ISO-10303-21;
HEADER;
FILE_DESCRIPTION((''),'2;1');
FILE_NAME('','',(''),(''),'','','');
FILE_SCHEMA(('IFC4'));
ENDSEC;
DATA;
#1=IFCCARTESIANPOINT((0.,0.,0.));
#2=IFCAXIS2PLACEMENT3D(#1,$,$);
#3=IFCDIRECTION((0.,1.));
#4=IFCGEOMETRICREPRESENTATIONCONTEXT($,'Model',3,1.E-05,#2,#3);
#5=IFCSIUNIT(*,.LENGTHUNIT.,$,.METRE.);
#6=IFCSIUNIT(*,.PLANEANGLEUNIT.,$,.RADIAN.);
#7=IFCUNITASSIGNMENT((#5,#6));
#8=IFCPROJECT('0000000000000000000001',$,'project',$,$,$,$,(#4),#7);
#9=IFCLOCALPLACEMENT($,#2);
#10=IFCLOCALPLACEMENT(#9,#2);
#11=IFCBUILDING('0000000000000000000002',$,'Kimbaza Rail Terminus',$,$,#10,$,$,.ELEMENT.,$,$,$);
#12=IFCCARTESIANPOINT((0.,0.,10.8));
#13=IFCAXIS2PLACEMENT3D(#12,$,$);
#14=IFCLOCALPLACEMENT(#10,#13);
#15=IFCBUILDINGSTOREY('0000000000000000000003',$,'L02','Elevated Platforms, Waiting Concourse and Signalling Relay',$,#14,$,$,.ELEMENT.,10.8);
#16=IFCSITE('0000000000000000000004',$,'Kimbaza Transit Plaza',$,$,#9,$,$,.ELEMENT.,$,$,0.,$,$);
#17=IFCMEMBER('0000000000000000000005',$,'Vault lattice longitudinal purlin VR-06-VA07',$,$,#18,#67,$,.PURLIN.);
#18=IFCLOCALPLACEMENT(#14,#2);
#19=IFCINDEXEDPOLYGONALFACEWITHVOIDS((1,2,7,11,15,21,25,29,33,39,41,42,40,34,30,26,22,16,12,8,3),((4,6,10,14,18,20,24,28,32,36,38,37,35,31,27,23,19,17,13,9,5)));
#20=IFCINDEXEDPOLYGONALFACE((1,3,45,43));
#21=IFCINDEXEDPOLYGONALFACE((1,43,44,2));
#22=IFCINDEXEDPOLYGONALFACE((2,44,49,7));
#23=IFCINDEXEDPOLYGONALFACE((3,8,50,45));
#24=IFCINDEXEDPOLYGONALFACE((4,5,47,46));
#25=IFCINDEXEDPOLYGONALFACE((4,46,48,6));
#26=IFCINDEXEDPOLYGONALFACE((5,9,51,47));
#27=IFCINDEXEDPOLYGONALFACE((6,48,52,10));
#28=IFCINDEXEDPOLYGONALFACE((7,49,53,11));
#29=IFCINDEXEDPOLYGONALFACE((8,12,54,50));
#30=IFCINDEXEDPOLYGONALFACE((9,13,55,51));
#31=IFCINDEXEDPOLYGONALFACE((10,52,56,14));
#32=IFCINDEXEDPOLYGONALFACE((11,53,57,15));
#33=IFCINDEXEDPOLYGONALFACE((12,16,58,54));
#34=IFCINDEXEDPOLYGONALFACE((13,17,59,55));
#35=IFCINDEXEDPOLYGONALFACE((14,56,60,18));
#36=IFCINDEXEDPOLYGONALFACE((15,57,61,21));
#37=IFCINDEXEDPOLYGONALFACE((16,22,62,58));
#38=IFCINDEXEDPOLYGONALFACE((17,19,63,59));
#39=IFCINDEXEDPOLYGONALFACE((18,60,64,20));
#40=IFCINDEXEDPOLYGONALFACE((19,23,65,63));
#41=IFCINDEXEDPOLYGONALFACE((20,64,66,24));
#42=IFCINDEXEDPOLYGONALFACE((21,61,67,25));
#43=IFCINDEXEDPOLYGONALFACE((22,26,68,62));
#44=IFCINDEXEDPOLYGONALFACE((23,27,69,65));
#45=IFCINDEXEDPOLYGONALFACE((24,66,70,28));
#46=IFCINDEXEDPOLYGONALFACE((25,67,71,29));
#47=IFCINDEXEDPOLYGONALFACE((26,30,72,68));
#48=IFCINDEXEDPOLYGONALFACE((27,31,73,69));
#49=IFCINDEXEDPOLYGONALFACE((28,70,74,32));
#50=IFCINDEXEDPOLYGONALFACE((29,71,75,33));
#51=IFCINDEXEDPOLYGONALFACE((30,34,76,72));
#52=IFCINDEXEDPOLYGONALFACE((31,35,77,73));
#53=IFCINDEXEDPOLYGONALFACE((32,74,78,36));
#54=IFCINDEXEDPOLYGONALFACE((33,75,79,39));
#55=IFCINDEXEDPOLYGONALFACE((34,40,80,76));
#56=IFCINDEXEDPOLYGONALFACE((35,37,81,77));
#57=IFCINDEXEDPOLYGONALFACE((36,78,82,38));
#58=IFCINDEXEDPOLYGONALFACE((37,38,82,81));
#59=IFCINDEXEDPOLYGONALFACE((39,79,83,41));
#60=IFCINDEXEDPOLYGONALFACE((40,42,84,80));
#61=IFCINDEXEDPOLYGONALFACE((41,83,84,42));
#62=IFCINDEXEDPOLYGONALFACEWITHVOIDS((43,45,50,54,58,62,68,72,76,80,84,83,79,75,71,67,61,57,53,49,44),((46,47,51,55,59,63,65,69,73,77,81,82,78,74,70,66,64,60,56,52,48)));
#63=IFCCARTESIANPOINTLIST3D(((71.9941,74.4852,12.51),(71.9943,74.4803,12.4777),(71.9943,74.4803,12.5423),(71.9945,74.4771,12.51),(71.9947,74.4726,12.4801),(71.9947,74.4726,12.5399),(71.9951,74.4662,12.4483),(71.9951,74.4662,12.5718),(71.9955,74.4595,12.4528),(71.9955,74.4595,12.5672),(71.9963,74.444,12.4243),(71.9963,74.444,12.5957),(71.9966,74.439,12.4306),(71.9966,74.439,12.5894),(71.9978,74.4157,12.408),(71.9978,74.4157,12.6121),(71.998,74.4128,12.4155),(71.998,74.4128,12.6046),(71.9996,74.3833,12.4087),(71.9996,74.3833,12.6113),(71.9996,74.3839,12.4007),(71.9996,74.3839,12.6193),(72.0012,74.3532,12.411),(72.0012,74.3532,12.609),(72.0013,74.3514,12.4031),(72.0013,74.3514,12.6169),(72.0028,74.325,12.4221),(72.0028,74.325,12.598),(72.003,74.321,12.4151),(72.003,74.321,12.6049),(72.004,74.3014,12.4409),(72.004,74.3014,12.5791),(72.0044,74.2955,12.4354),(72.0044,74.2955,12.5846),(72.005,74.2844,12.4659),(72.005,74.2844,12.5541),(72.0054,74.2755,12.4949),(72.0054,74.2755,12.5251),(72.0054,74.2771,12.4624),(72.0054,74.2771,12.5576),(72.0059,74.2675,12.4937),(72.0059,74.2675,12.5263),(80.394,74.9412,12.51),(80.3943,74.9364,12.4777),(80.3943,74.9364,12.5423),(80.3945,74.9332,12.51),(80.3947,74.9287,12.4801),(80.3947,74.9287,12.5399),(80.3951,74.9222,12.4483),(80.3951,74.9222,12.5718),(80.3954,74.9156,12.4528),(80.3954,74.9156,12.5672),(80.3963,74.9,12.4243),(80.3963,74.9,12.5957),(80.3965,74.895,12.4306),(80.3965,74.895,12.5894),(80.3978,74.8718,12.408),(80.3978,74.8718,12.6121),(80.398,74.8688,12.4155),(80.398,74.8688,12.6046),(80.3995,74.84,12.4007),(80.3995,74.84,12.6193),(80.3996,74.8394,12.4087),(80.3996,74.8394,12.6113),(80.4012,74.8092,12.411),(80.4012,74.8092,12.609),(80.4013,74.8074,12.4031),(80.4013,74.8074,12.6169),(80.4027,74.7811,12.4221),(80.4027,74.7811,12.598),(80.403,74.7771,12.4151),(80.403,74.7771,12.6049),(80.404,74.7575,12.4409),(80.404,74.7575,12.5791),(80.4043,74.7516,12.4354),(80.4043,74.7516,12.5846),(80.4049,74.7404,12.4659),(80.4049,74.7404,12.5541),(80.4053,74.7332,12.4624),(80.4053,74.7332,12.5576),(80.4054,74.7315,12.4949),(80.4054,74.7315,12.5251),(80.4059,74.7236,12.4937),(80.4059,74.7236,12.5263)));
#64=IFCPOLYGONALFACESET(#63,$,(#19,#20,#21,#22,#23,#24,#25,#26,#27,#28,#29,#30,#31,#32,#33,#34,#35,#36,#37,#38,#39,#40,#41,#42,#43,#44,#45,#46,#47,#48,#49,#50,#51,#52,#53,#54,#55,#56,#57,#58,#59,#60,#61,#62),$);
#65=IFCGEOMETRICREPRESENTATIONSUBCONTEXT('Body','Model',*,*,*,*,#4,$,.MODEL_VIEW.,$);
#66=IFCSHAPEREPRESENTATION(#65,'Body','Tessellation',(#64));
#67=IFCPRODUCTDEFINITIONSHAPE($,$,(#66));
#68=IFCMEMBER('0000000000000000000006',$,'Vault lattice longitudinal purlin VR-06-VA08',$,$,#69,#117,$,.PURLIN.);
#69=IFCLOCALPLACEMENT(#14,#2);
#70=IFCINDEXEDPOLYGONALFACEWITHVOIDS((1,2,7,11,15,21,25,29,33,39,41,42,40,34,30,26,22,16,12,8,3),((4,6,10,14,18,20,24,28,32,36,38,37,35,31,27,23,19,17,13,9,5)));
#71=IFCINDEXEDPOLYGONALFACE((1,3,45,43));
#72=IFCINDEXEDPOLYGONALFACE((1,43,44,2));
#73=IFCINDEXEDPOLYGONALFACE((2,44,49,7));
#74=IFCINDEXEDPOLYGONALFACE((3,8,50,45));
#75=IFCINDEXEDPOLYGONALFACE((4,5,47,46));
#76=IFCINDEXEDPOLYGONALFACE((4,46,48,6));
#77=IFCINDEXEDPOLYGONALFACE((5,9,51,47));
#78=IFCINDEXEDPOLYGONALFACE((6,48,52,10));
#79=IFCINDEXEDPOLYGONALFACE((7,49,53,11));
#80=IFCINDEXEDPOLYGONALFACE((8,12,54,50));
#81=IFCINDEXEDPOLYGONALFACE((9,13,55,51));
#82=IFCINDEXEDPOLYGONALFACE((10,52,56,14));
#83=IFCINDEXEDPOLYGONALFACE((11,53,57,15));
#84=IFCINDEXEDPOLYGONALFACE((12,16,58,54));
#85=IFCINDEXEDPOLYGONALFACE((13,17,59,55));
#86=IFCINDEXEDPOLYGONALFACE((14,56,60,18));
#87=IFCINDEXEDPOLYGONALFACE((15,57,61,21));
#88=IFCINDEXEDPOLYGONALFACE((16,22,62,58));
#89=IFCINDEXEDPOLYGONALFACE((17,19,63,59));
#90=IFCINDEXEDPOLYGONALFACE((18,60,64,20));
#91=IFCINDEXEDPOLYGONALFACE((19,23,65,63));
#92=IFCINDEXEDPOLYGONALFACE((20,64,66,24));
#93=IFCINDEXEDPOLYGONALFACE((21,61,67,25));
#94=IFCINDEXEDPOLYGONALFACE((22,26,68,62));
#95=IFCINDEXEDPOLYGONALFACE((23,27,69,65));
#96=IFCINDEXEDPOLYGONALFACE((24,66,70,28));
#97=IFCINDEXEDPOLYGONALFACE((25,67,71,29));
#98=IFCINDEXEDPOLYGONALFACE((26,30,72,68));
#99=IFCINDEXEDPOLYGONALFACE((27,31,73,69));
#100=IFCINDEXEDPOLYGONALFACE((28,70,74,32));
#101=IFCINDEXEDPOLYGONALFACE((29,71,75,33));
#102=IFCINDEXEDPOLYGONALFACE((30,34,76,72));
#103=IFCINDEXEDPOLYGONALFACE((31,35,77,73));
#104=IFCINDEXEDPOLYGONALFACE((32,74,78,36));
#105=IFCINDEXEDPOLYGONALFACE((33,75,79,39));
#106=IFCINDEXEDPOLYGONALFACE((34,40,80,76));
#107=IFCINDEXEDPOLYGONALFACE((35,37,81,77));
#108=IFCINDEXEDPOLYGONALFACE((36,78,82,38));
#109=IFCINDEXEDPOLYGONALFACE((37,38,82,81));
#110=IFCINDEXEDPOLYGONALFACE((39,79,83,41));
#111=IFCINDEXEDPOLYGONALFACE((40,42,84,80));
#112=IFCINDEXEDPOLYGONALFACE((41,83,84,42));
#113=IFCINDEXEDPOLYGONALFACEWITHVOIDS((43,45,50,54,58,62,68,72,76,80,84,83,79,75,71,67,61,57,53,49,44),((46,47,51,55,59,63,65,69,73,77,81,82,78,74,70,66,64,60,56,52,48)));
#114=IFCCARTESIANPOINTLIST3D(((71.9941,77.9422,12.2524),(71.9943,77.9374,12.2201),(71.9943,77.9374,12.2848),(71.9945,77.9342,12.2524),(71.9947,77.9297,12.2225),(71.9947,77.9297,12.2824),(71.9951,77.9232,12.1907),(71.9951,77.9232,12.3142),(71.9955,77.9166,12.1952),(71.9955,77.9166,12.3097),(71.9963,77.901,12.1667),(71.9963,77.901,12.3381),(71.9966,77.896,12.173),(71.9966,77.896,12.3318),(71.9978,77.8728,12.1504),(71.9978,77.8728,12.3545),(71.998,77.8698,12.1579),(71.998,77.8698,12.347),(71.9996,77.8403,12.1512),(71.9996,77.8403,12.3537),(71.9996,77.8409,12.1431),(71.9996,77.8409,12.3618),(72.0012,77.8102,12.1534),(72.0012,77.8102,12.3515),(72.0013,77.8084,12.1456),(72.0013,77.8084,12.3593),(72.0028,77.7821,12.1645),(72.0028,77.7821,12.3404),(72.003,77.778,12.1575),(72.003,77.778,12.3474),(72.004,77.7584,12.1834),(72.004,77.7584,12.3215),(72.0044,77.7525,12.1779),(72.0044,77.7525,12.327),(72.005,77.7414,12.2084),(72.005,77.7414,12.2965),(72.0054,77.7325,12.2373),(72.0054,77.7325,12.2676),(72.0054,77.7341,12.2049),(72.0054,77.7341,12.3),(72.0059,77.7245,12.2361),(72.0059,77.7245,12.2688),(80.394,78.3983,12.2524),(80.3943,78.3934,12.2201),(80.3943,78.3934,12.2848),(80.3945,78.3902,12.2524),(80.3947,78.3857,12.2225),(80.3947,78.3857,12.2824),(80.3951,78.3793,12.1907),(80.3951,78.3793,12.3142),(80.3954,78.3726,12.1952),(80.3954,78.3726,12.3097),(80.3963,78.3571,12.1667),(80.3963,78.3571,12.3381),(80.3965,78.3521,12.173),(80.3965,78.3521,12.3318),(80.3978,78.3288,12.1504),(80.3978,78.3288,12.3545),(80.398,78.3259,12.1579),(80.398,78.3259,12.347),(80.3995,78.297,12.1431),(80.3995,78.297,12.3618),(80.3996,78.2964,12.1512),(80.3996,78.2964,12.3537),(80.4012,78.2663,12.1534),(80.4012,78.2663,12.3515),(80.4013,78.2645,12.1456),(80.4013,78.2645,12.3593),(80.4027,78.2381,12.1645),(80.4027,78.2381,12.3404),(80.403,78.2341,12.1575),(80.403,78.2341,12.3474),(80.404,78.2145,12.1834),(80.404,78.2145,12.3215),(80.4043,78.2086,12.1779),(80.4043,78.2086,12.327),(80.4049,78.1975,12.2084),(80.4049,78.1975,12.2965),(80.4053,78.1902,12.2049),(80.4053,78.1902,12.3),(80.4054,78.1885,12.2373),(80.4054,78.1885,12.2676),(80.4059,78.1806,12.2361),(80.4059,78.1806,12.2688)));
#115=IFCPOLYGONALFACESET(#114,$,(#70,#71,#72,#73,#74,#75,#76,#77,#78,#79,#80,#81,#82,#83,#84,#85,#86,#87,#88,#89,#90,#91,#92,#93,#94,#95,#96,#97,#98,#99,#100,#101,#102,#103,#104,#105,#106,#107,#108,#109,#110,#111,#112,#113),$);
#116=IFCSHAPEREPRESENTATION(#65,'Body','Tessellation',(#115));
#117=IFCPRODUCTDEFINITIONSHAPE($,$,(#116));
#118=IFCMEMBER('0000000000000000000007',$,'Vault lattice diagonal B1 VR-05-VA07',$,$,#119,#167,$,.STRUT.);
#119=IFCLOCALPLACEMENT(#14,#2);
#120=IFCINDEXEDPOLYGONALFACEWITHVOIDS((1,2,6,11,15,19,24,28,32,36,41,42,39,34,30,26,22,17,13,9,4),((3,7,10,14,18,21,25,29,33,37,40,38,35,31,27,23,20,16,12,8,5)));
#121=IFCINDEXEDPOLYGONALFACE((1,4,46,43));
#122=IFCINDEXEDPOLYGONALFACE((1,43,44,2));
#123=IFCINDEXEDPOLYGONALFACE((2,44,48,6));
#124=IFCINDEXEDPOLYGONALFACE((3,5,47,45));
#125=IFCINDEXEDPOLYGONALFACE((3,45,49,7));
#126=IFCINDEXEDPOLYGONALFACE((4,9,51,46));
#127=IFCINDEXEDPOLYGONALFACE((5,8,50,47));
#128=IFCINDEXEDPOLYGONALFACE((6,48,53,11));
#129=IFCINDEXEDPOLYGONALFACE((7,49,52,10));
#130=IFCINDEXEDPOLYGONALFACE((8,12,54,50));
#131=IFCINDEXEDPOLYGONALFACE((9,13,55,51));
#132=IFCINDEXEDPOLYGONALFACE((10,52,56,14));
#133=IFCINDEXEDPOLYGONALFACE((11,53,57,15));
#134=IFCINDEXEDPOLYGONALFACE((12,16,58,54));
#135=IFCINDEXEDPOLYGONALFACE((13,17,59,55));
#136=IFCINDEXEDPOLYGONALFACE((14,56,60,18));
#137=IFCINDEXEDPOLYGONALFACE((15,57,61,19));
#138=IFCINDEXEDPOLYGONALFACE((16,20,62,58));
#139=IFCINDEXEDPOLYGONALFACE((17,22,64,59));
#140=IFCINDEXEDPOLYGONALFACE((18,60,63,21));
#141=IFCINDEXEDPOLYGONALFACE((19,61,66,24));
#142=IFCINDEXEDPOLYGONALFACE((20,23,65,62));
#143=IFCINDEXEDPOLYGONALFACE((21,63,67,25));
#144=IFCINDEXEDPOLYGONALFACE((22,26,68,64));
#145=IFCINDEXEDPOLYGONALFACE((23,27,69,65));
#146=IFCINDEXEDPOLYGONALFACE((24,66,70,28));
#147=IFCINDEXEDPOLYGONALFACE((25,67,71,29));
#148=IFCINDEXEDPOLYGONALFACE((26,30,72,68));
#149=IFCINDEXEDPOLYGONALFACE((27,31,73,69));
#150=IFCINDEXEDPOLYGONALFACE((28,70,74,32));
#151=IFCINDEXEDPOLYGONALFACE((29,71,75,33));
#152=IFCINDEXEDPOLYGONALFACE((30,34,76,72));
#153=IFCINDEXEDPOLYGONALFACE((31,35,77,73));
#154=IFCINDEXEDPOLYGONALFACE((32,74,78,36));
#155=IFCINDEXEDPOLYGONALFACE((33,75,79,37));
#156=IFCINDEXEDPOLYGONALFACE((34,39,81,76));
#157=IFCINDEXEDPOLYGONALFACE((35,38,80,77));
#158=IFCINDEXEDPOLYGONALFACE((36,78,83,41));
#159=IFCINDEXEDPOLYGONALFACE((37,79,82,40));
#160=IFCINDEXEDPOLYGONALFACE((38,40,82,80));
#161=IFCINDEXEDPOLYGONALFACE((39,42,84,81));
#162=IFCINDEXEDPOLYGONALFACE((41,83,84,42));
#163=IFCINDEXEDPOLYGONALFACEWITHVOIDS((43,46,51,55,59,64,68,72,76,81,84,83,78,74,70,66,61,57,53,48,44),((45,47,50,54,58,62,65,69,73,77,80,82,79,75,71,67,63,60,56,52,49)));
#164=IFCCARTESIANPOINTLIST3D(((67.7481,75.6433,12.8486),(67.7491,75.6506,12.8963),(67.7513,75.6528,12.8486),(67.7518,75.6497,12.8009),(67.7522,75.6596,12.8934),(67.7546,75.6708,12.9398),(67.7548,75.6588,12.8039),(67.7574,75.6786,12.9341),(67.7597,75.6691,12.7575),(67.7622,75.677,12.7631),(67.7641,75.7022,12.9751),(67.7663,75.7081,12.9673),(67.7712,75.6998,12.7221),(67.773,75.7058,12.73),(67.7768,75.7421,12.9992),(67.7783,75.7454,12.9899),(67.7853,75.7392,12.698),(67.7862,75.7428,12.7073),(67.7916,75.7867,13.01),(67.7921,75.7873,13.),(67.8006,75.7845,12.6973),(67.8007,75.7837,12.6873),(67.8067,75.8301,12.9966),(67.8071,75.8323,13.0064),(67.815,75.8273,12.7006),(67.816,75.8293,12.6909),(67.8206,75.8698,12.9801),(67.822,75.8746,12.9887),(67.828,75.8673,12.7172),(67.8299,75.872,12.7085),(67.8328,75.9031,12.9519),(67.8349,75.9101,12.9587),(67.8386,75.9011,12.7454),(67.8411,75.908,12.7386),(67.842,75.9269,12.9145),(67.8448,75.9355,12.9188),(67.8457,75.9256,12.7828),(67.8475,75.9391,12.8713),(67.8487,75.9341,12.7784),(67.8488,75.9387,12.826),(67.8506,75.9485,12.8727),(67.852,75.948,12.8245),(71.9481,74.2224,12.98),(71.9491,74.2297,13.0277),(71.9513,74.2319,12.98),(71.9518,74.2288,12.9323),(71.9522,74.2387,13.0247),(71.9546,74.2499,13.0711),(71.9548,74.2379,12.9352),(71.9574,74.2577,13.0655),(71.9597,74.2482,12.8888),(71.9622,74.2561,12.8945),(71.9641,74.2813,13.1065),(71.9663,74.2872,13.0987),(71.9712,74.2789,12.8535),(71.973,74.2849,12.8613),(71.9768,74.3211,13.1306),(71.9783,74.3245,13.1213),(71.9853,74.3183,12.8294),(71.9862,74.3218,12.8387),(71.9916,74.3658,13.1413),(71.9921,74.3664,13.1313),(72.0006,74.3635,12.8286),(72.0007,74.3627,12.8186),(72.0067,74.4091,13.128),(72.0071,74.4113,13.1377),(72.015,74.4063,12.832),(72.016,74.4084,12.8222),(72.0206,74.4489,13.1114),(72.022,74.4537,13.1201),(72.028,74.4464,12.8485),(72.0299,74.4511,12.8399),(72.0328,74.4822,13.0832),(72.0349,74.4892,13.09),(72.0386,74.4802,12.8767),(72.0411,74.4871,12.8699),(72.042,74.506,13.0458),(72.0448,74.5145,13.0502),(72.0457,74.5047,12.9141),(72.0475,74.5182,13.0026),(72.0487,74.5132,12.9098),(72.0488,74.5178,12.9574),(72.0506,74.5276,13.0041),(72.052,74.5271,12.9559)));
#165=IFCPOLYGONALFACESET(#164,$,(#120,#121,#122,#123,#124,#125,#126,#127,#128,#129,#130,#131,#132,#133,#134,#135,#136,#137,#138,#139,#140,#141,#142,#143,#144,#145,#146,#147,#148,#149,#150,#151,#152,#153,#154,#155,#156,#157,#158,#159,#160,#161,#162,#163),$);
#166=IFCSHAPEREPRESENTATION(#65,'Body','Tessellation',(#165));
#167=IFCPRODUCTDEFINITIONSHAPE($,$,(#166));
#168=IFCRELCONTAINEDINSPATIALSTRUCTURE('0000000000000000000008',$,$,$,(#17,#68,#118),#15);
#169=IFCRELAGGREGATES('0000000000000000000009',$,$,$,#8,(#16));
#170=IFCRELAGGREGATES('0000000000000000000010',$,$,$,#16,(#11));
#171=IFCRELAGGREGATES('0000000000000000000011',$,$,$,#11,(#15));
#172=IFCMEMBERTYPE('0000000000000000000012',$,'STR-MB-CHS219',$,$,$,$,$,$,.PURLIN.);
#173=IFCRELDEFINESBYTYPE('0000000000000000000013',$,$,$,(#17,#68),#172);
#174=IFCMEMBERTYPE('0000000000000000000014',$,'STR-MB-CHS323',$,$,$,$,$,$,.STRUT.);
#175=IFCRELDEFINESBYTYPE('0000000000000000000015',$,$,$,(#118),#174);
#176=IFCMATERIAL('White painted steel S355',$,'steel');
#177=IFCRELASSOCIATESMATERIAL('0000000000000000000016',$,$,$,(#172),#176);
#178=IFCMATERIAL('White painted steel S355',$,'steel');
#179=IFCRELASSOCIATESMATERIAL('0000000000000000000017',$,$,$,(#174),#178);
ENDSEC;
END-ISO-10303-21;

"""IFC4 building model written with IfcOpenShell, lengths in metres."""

from ifc_helpers import new_model, si_unit, direction, frame, origin, origin_2d, place, context, subcontext, project, spatial, hollow_circle, extrude, material, material_profile, profile_set, type_object, element, save


model = new_model("IFC4")

# Units and contexts
model_context = context("Model", 3, precision=1e-05, world=origin(), true_north=direction((0.0, 1.0)))
body_context = subcontext(model_context, "Body", "Model", "MODEL_VIEW")
ifc_project = project(units=[si_unit("LENGTHUNIT", "METRE"), si_unit("PLANEANGLEUNIT", "RADIAN")], contexts=[model_context])

# Site, building, storey
site_placement = place(None, origin())
site = spatial("IfcSite", under=ifc_project, at=site_placement, Name="Kimbaza Transit Plaza", CompositionType="ELEMENT", RefElevation=0.0)
building_placement = place(site_placement, origin())
building = spatial("IfcBuilding", under=site, at=building_placement, Name="Kimbaza Rail Terminus", CompositionType="ELEMENT")
storey_placement = place(building_placement, frame((0.0, 0.0, 10.8)))
storey = spatial("IfcBuildingStorey", under=building, at=storey_placement, Name="L02", Description="Elevated Platforms, Waiting Concourse and Signalling Relay", CompositionType="ELEMENT", Elevation=10.8)

# Members
ifc_material_1 = material(Name="White painted steel S355", Category="steel")
ifc_material_profile_1 = material_profile(ifc_material_1, hollow_circle(Radius=0.1096, WallThickness=0.0081, at=origin_2d()), Name="CHS 219.1x8")
ifc_profile_set_1 = profile_set([ifc_material_profile_1], Name="White painted steel S355")
member_type_1 = type_object("IfcMemberType", Name="STR-MB-CHS219", PredefinedType="PURLIN", material=ifc_profile_set_1)
for number, where, z_axis, x_axis, name in (
    (1, (72.0, 74.3757, 12.51), (0.998529, 0.054213, 0.0), (-0.054213, 0.998529, 0.0), "Vault lattice longitudinal purlin VR-06-VA07"),
    (2, (72.0, 77.8328, 12.2524), (0.998529, 0.054213, 0.0), (-0.054213, 0.998529, 0.0), "Vault lattice longitudinal purlin VR-06-VA08"),
):
    element("IfcMember", number, at=place(storey_placement, frame(where, z_axis=z_axis, x_axis=x_axis)), inside=storey, type_object=member_type_1, Name=name, PredefinedType="PURLIN", context=body_context, shape_type="SweptSolid", body=[
        extrude(hollow_circle(Radius=0.1096, WallThickness=0.0081, at=origin_2d()), origin(), (0.0, 0.0, 1.0), 8.4124),
    ])
ifc_material_2 = material(Name="White painted steel S355", Category="steel")
ifc_material_profile_2 = material_profile(ifc_material_2, hollow_circle(Radius=0.1619, WallThickness=0.01, at=origin_2d()), Name="CHS 323.9x10")
ifc_profile_set_2 = profile_set([ifc_material_profile_2], Name="White painted steel S355")
member_type_2 = type_object("IfcMemberType", Name="STR-MB-CHS323", PredefinedType="STRUT", material=ifc_profile_set_2)
member_1_placement = place(storey_placement, frame((72.0, 74.3757, 12.98), z_axis=(-0.946843, 0.320329, -0.029611), x_axis=(-0.32047, -0.947259, 0.0)))
element("IfcMember", 3, at=member_1_placement, inside=storey, type_object=member_type_2, Name="Vault lattice diagonal B1 VR-05-VA07", PredefinedType="STRUT", context=body_context, shape_type="SweptSolid", body=[
    extrude(hollow_circle(Radius=0.1619, WallThickness=0.01, at=origin_2d()), origin(), (0.0, 0.0, 1.0), 4.4358),
])

save(model, "model.ifc")
